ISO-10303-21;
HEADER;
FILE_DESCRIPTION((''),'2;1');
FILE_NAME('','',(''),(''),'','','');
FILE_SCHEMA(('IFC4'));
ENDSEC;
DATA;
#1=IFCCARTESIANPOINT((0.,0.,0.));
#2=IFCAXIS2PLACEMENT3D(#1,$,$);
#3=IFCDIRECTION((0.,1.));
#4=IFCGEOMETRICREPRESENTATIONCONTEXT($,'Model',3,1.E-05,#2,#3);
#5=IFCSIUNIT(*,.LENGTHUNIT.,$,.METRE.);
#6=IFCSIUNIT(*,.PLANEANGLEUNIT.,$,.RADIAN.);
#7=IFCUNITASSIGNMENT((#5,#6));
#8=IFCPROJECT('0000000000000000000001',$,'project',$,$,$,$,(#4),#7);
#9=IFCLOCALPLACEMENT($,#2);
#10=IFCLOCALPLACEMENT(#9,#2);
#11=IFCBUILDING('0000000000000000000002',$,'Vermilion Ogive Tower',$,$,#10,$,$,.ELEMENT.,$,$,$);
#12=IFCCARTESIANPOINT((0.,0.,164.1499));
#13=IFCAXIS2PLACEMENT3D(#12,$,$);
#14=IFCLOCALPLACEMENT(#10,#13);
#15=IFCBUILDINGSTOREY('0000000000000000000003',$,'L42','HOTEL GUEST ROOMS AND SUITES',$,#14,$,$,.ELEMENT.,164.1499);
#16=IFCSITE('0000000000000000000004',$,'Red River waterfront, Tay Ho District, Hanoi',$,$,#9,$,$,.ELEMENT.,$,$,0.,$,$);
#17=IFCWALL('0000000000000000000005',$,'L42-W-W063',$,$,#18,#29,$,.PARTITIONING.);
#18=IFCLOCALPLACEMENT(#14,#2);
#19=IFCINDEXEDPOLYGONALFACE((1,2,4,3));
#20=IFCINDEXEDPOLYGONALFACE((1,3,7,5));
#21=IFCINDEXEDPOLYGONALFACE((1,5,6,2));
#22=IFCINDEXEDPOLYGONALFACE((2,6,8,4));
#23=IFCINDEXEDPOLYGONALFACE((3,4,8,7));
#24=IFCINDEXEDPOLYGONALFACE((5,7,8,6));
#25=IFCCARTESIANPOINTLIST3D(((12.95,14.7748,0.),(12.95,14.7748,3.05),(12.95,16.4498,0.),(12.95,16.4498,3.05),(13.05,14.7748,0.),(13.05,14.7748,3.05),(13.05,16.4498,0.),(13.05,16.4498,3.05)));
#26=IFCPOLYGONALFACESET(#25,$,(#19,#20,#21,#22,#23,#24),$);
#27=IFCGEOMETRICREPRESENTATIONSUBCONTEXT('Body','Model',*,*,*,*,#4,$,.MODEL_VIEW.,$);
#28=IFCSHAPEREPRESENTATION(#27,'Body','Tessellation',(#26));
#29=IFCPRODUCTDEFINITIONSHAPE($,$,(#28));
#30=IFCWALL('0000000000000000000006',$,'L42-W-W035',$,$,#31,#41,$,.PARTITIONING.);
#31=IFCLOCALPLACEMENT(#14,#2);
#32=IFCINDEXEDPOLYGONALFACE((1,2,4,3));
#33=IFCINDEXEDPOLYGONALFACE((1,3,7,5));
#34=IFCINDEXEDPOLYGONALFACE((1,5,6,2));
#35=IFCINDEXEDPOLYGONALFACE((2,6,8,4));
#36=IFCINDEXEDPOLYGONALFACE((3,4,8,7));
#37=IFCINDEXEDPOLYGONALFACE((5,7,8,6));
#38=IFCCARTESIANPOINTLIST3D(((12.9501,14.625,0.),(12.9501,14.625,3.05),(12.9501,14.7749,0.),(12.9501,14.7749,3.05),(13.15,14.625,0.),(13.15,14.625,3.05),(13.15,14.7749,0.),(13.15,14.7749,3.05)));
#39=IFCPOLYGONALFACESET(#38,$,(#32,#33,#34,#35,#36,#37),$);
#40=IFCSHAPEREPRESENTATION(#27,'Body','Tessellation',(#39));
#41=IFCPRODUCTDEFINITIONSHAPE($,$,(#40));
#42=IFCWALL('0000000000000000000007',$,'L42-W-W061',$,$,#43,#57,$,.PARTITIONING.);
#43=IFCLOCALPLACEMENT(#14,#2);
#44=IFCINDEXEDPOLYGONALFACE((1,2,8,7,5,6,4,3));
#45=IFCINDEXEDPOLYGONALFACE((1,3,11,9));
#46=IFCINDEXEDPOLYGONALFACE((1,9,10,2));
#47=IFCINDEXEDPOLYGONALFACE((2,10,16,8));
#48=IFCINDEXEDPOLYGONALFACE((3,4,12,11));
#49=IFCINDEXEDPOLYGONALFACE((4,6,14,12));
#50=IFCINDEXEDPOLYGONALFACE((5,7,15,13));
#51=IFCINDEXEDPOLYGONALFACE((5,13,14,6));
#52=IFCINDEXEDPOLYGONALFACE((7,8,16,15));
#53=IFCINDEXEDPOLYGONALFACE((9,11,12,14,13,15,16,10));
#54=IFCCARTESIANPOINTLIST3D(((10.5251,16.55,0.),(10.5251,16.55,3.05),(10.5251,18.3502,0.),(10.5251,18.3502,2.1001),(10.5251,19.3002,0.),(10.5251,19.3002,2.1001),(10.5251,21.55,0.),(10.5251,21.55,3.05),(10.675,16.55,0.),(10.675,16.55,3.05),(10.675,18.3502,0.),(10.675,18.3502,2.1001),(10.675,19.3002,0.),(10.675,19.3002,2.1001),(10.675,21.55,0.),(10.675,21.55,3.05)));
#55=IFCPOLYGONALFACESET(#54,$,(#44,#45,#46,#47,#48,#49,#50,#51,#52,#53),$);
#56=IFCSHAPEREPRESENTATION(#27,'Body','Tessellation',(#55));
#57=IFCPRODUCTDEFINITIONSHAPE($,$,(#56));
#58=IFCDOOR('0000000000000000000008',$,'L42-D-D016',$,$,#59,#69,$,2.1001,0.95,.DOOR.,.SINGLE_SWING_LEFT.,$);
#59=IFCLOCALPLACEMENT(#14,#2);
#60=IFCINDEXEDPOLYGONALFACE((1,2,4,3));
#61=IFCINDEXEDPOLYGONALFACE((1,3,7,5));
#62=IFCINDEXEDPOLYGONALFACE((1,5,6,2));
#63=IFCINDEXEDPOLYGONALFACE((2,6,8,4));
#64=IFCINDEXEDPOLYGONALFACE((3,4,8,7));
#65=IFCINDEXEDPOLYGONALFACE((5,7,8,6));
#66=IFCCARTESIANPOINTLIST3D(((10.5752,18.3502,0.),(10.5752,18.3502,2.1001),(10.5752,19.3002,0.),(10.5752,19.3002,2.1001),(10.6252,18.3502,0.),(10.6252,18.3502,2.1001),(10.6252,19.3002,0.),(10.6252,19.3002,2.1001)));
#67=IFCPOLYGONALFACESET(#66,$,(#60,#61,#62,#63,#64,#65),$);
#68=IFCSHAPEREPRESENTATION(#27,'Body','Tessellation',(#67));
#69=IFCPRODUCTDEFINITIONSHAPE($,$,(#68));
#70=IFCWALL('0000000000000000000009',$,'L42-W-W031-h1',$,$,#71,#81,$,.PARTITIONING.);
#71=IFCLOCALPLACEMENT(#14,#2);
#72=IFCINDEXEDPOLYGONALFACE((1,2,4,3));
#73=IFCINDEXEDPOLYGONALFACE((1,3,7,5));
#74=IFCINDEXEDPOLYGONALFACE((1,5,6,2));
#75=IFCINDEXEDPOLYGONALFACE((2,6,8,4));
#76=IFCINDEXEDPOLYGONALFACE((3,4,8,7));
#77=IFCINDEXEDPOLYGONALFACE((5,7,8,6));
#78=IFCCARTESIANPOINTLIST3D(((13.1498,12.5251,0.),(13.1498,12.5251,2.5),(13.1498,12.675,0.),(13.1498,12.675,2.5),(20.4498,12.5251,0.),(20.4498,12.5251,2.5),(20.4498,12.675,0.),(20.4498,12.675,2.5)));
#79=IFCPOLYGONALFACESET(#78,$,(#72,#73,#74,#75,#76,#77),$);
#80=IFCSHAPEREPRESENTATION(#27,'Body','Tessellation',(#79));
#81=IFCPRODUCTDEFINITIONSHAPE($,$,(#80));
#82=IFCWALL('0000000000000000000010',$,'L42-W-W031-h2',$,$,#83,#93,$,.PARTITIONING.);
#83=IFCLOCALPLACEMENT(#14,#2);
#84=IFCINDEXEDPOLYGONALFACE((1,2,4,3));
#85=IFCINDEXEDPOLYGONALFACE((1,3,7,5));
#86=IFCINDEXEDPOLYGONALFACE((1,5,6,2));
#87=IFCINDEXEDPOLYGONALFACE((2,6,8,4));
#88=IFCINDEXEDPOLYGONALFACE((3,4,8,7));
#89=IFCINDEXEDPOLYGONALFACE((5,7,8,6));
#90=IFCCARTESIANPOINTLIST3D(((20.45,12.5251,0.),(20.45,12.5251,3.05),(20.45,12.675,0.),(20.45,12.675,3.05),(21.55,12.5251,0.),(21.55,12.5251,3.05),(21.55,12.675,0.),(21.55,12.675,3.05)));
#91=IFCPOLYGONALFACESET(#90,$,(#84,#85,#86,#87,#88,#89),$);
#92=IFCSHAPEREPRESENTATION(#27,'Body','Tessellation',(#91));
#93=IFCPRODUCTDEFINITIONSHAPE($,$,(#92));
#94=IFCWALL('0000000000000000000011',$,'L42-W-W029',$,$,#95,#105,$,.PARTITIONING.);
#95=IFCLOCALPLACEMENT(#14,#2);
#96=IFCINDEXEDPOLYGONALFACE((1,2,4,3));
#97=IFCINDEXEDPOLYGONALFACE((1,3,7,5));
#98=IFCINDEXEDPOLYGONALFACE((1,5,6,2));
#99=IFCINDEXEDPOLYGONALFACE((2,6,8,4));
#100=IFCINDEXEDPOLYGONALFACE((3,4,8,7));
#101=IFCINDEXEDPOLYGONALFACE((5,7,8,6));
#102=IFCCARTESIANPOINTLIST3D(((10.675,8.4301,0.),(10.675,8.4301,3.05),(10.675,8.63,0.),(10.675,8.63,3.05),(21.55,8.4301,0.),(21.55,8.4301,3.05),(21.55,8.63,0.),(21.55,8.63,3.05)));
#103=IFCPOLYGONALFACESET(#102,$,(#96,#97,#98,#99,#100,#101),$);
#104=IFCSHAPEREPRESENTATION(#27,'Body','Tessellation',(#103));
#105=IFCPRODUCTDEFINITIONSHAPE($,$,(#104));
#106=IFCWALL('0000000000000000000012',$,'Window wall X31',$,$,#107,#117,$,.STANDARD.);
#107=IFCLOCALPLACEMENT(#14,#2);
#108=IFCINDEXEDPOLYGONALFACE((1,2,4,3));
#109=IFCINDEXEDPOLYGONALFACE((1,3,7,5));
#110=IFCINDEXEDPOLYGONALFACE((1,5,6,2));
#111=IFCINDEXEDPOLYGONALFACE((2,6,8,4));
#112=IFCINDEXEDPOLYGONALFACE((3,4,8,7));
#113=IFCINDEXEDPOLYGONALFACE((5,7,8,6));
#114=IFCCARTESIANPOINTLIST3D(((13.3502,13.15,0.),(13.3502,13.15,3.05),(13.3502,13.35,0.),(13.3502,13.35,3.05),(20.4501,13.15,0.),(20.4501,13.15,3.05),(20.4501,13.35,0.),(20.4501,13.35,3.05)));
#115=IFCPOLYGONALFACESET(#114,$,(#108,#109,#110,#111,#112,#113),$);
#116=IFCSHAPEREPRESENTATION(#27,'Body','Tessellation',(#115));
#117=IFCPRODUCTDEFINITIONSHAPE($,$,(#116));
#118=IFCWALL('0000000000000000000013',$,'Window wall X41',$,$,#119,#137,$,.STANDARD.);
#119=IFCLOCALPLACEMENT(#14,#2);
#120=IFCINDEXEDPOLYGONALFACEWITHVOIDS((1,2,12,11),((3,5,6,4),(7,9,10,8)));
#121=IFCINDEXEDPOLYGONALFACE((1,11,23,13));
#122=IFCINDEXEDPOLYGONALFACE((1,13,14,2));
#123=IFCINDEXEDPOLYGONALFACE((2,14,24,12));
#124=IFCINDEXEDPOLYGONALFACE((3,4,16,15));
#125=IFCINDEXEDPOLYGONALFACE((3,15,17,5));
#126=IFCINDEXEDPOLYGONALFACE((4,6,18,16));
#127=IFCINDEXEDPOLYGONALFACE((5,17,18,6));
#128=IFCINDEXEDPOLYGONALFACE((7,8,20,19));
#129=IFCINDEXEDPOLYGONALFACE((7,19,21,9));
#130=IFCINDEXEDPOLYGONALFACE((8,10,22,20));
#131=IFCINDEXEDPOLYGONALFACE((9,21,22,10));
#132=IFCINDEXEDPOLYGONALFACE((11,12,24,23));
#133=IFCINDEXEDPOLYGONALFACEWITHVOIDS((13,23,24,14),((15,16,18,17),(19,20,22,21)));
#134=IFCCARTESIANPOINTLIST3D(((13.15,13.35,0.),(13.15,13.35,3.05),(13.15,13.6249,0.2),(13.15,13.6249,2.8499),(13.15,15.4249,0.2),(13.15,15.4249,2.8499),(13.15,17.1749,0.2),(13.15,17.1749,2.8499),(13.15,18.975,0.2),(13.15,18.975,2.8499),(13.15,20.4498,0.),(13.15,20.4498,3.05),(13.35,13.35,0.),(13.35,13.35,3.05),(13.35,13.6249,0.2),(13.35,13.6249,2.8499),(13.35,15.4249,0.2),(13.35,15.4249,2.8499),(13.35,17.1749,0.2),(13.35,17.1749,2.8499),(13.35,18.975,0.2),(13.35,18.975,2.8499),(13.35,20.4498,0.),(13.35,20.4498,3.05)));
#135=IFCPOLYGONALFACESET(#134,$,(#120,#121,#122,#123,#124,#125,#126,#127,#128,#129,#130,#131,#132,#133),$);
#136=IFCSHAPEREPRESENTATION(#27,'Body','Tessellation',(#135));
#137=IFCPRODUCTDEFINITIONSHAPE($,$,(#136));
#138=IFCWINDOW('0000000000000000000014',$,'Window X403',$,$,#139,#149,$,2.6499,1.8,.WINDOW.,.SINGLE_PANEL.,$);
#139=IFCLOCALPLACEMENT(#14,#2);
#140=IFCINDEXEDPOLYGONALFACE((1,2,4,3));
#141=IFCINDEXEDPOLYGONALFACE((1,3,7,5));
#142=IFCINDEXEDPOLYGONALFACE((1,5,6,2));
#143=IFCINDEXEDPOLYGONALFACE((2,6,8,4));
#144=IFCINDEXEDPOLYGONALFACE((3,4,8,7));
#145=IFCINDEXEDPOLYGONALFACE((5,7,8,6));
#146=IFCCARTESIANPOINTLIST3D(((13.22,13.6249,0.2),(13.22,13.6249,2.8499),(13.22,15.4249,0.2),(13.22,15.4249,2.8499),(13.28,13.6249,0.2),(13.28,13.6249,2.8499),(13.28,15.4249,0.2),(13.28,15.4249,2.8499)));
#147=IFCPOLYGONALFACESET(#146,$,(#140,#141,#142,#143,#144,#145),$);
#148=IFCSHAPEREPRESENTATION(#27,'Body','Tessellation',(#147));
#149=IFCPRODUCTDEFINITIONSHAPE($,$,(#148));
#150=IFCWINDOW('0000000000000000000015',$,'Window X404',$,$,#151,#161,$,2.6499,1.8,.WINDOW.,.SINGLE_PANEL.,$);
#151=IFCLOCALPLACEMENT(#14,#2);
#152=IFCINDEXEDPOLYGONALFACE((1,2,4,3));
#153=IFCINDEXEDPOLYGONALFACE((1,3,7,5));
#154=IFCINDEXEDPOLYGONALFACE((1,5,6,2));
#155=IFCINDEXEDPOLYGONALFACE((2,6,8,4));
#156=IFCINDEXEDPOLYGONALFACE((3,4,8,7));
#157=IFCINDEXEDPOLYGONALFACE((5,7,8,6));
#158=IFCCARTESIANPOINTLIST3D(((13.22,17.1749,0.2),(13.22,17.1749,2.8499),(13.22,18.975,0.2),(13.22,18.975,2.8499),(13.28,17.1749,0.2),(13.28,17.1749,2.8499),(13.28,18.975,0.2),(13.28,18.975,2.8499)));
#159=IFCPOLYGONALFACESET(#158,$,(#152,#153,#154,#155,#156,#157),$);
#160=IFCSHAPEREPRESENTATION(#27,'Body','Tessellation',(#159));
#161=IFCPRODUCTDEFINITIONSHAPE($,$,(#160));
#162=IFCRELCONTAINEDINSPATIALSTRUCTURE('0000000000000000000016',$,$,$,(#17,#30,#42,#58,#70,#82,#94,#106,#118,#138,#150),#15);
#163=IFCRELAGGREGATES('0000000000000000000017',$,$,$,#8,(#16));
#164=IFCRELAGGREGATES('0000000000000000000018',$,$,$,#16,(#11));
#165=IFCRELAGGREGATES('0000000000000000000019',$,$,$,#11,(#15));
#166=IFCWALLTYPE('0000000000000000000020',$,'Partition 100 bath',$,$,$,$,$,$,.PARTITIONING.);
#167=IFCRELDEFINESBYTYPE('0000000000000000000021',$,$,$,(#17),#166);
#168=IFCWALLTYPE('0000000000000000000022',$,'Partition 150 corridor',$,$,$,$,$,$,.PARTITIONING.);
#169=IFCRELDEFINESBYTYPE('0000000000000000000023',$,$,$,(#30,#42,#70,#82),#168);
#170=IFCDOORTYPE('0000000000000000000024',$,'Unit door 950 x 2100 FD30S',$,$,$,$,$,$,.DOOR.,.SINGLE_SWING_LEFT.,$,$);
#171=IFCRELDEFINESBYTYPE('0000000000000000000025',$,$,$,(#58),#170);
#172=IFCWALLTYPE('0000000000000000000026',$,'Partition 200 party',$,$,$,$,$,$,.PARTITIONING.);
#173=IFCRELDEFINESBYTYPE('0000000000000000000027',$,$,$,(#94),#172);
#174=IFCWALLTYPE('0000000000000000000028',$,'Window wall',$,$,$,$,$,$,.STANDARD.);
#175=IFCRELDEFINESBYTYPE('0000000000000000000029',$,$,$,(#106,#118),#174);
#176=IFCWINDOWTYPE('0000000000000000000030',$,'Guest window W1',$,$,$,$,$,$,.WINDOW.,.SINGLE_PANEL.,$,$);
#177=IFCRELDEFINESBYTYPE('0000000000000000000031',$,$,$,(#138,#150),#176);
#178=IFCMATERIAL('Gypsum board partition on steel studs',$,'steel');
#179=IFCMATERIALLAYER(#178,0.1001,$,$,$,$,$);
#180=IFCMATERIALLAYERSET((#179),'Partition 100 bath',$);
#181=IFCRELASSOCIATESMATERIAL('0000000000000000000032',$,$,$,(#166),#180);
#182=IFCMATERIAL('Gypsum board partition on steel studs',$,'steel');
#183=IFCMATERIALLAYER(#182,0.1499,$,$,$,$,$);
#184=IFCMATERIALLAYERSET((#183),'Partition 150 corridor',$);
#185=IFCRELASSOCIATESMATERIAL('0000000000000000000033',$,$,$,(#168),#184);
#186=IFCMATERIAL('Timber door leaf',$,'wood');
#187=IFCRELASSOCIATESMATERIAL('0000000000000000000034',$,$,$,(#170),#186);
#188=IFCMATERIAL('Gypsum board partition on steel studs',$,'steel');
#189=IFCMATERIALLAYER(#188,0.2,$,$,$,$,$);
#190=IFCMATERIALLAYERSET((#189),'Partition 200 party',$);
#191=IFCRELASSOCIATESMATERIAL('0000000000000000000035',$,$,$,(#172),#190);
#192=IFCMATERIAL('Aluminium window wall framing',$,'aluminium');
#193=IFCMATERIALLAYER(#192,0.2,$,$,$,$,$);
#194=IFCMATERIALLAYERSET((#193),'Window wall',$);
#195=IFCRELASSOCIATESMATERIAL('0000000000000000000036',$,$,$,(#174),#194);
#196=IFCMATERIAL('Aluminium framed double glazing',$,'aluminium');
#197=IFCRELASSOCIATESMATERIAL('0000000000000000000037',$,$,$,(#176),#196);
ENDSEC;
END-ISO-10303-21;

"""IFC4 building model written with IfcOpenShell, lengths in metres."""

from ifc_helpers import new_model, si_unit, direction, frame, frame_2d, origin, place, context, subcontext, project, spatial, rectangle, extrude, material, layer, layer_set, type_object, element, fill, save


model = new_model("IFC4")

# Units and contexts
model_context = context("Model", 3, precision=1e-05, world=origin(), true_north=direction((0.0, 1.0)))
body_context = subcontext(model_context, "Body", "Model", "MODEL_VIEW")
ifc_project = project(units=[si_unit("LENGTHUNIT", "METRE"), si_unit("PLANEANGLEUNIT", "RADIAN")], contexts=[model_context])

# Site, building, storey
site_placement = place(None, origin())
site = spatial("IfcSite", under=ifc_project, at=site_placement, Name="Red River waterfront, Tay Ho District, Hanoi", CompositionType="ELEMENT", RefElevation=0.0)
building_placement = place(site_placement, origin())
building = spatial("IfcBuilding", under=site, at=building_placement, Name="Vermilion Ogive Tower", CompositionType="ELEMENT")
storey_placement = place(building_placement, frame((0.0, 0.0, 164.1499)))
storey = spatial("IfcBuildingStorey", under=building, at=storey_placement, Name="L42", Description="HOTEL GUEST ROOMS AND SUITES", CompositionType="ELEMENT", Elevation=164.1499)

# Walls
ifc_material_1 = material(Name="Gypsum board partition on steel studs", Category="steel")
ifc_layer_1 = layer(ifc_material_1, 0.1001)
ifc_layer_set_1 = layer_set([ifc_layer_1], Name="Partition 100 bath")
wall_type_1 = type_object("IfcWallType", Name="Partition 100 bath", PredefinedType="PARTITIONING", material=ifc_layer_set_1)
wall_1_placement = place(storey_placement, frame((13.0, 14.7749, 0.0), z_axis=(0.0, 0.0, 1.0), x_axis=(0.0, 1.0, 0.0)))
element("IfcWall", 1, at=wall_1_placement, inside=storey, type_object=wall_type_1, Name="L42-W-W063", PredefinedType="PARTITIONING", context=body_context, shape_type="SweptSolid", body=[
    extrude(rectangle(XDim=1.675, YDim=0.1001, at=frame_2d((0.8374, 0.0))), origin(), (0.0, 0.0, 1.0), 3.05),
])
ifc_material_2 = material(Name="Gypsum board partition on steel studs", Category="steel")
ifc_layer_2 = layer(ifc_material_2, 0.1499)
ifc_layer_set_2 = layer_set([ifc_layer_2], Name="Partition 150 corridor")
wall_type_2 = type_object("IfcWallType", Name="Partition 150 corridor", PredefinedType="PARTITIONING", material=ifc_layer_set_2)
wall_2_placement = place(storey_placement, frame((12.95, 14.7, 0.0), z_axis=(0.0, 0.0, 1.0), x_axis=(1.0, 0.0, 0.0)))
element("IfcWall", 2, at=wall_2_placement, inside=storey, type_object=wall_type_2, Name="L42-W-W035", PredefinedType="PARTITIONING", context=body_context, shape_type="SweptSolid", body=[
    extrude(rectangle(XDim=0.2, YDim=0.1499, at=frame_2d((0.1001, 0.0))), origin(), (0.0, 0.0, 1.0), 3.05),
])

# Wall, opening, door
wall_3_placement = place(storey_placement, frame((10.6001, 16.55, 0.0), z_axis=(0.0, 0.0, 1.0), x_axis=(0.0, 1.0, 0.0)))
wall_3 = element("IfcWall", 3, at=wall_3_placement, inside=storey, type_object=wall_type_2, Name="L42-W-W061", PredefinedType="PARTITIONING", context=body_context, shape_type="SweptSolid", body=[
    extrude(rectangle(XDim=5.0, YDim=0.1499, at=frame_2d((2.5, 0.0))), origin(), (0.0, 0.0, 1.0), 3.05),
])
opening_1_placement = place(wall_3_placement, frame((1.8, 0.0, 0.0)))
opening_1 = element("IfcOpeningElement", 4, at=opening_1_placement, cuts=wall_3, PredefinedType="OPENING", context=body_context, shape_type="SweptSolid", body=[
    extrude(rectangle(XDim=0.95, YDim=2.1001, at=frame_2d((0.4751, 1.05))), frame((0.0, 0.085, 0.0), z_axis=(0.0, -1.0, 0.0), x_axis=(1.0, 0.0, 0.0)), (0.0, 0.0, 1.0), 0.1699),
])
ifc_material_3 = material(Name="Timber door leaf", Category="wood")
door_type = type_object("IfcDoorType", Name="Unit door 950 x 2100 FD30S", OperationType="SINGLE_SWING_LEFT", PredefinedType="DOOR", material=ifc_material_3)
door_placement = place(opening_1_placement, origin())
door = element("IfcDoor", 5, at=door_placement, inside=storey, type_object=door_type, Name="L42-D-D016", OperationType="SINGLE_SWING_LEFT", OverallHeight=2.1001, OverallWidth=0.95, PredefinedType="DOOR", context=body_context, shape_type="SweptSolid", body=[
    extrude(rectangle(XDim=0.95, YDim=2.1001, at=frame_2d((0.4751, 1.05))), frame((0.0, 0.0249, 0.0), z_axis=(0.0, -1.0, 0.0), x_axis=(1.0, 0.0, 0.0)), (0.0, 0.0, 1.0), 0.05),
])
fill(opening_1, door)

# Walls
wall_4_placement = place(storey_placement, frame((13.1499, 12.6001, 0.0), z_axis=(0.0, 0.0, 1.0), x_axis=(1.0, 0.0, 0.0)))
element("IfcWall", 6, at=wall_4_placement, inside=storey, type_object=wall_type_2, Name="L42-W-W031-h1", PredefinedType="PARTITIONING", context=body_context, shape_type="SweptSolid", body=[
    extrude(rectangle(XDim=7.3, YDim=0.1499, at=frame_2d((3.6499, 0.0))), origin(), (0.0, 0.0, 1.0), 2.5),
])
wall_5_placement = place(storey_placement, frame((20.45, 12.6001, 0.0), z_axis=(0.0, 0.0, 1.0), x_axis=(1.0, 0.0, 0.0)))
element("IfcWall", 7, at=wall_5_placement, inside=storey, type_object=wall_type_2, Name="L42-W-W031-h2", PredefinedType="PARTITIONING", context=body_context, shape_type="SweptSolid", body=[
    extrude(rectangle(XDim=1.1001, YDim=0.1499, at=frame_2d((0.55, 0.0))), origin(), (0.0, 0.0, 1.0), 3.05),
])
ifc_material_4 = material(Name="Gypsum board partition on steel studs", Category="steel")
ifc_layer_3 = layer(ifc_material_4, 0.2)
ifc_layer_set_3 = layer_set([ifc_layer_3], Name="Partition 200 party")
wall_type_3 = type_object("IfcWallType", Name="Partition 200 party", PredefinedType="PARTITIONING", material=ifc_layer_set_3)
wall_6_placement = place(storey_placement, frame((10.675, 8.53, 0.0), z_axis=(0.0, 0.0, 1.0), x_axis=(1.0, 0.0, 0.0)))
element("IfcWall", 8, at=wall_6_placement, inside=storey, type_object=wall_type_3, Name="L42-W-W029", PredefinedType="PARTITIONING", context=body_context, shape_type="SweptSolid", body=[
    extrude(rectangle(XDim=10.875, YDim=0.2, at=frame_2d((5.4375, 0.0))), origin(), (0.0, 0.0, 1.0), 3.05),
])
ifc_material_5 = material(Name="Aluminium window wall framing", Category="aluminium")
ifc_layer_4 = layer(ifc_material_5, 0.2)
ifc_layer_set_4 = layer_set([ifc_layer_4], Name="Window wall")
wall_type_4 = type_object("IfcWallType", Name="Window wall", PredefinedType="STANDARD", material=ifc_layer_set_4)
wall_7_placement = place(storey_placement, frame((20.45, 13.25, 0.0), z_axis=(0.0, 0.0, 1.0), x_axis=(-1.0, 0.0, 0.0)))
element("IfcWall", 9, at=wall_7_placement, inside=storey, type_object=wall_type_4, Name="Window wall X31", PredefinedType="STANDARD", context=body_context, shape_type="SweptSolid", body=[
    extrude(rectangle(XDim=7.0999, YDim=0.2, at=frame_2d((3.5498, 0.0))), origin(), (0.0, 0.0, 1.0), 3.05),
])

# Wall, openings, windows
wall_8_placement = place(storey_placement, frame((13.25, 13.3501, 0.0), z_axis=(0.0, 0.0, 1.0), x_axis=(0.0, 1.0, 0.0)))
wall_8 = element("IfcWall", 10, at=wall_8_placement, inside=storey, type_object=wall_type_4, Name="Window wall X41", PredefinedType="STANDARD", context=body_context, shape_type="SweptSolid", body=[
    extrude(rectangle(XDim=7.0999, YDim=0.2, at=frame_2d((3.5498, 0.0))), origin(), (0.0, 0.0, 1.0), 3.05),
])
opening_2_placement = place(wall_8_placement, frame((0.2749, 0.0, 0.2)))
opening_2 = element("IfcOpeningElement", 11, at=opening_2_placement, cuts=wall_8, PredefinedType="OPENING", context=body_context, shape_type="SweptSolid", body=[
    extrude(rectangle(XDim=1.8, YDim=2.6499, at=frame_2d((0.8999, 1.325))), frame((0.0, 0.1099, 0.0), z_axis=(0.0, -1.0, 0.0), x_axis=(1.0, 0.0, 0.0)), (0.0, 0.0, 1.0), 0.22),
])
opening_3_placement = place(wall_8_placement, frame((3.825, 0.0, 0.2)))
opening_3 = element("IfcOpeningElement", 12, at=opening_3_placement, cuts=wall_8, PredefinedType="OPENING", context=body_context, shape_type="SweptSolid", body=[
    extrude(rectangle(XDim=1.8, YDim=2.6499, at=frame_2d((0.8999, 1.325))), frame((0.0, 0.1099, 0.0), z_axis=(0.0, -1.0, 0.0), x_axis=(1.0, 0.0, 0.0)), (0.0, 0.0, 1.0), 0.22),
])
ifc_material_6 = material(Name="Aluminium framed double glazing", Category="aluminium")
window_type = type_object("IfcWindowType", Name="Guest window W1", PartitioningType="SINGLE_PANEL", PredefinedType="WINDOW", material=ifc_material_6)
window_1_placement = place(opening_2_placement, origin())
window_1 = element("IfcWindow", 13, at=window_1_placement, inside=storey, type_object=window_type, Name="Window X403", OverallHeight=2.6499, OverallWidth=1.8, PartitioningType="SINGLE_PANEL", PredefinedType="WINDOW", context=body_context, shape_type="SweptSolid", body=[
    extrude(rectangle(XDim=1.8, YDim=2.6499, at=frame_2d((0.8999, 1.325))), frame((0.0, 0.03, 0.0), z_axis=(0.0, -1.0, 0.0), x_axis=(1.0, 0.0, 0.0)), (0.0, 0.0, 1.0), 0.0601),
])
fill(opening_2, window_1)
window_2_placement = place(opening_3_placement, origin())
window_2 = element("IfcWindow", 14, at=window_2_placement, inside=storey, type_object=window_type, Name="Window X404", OverallHeight=2.6499, OverallWidth=1.8, PartitioningType="SINGLE_PANEL", PredefinedType="WINDOW", context=body_context, shape_type="SweptSolid", body=[
    extrude(rectangle(XDim=1.8, YDim=2.6499, at=frame_2d((0.8999, 1.325))), frame((0.0, 0.03, 0.0), z_axis=(0.0, -1.0, 0.0), x_axis=(1.0, 0.0, 0.0)), (0.0, 0.0, 1.0), 0.0601),
])
fill(opening_3, window_2)

save(model, "model.ifc")
